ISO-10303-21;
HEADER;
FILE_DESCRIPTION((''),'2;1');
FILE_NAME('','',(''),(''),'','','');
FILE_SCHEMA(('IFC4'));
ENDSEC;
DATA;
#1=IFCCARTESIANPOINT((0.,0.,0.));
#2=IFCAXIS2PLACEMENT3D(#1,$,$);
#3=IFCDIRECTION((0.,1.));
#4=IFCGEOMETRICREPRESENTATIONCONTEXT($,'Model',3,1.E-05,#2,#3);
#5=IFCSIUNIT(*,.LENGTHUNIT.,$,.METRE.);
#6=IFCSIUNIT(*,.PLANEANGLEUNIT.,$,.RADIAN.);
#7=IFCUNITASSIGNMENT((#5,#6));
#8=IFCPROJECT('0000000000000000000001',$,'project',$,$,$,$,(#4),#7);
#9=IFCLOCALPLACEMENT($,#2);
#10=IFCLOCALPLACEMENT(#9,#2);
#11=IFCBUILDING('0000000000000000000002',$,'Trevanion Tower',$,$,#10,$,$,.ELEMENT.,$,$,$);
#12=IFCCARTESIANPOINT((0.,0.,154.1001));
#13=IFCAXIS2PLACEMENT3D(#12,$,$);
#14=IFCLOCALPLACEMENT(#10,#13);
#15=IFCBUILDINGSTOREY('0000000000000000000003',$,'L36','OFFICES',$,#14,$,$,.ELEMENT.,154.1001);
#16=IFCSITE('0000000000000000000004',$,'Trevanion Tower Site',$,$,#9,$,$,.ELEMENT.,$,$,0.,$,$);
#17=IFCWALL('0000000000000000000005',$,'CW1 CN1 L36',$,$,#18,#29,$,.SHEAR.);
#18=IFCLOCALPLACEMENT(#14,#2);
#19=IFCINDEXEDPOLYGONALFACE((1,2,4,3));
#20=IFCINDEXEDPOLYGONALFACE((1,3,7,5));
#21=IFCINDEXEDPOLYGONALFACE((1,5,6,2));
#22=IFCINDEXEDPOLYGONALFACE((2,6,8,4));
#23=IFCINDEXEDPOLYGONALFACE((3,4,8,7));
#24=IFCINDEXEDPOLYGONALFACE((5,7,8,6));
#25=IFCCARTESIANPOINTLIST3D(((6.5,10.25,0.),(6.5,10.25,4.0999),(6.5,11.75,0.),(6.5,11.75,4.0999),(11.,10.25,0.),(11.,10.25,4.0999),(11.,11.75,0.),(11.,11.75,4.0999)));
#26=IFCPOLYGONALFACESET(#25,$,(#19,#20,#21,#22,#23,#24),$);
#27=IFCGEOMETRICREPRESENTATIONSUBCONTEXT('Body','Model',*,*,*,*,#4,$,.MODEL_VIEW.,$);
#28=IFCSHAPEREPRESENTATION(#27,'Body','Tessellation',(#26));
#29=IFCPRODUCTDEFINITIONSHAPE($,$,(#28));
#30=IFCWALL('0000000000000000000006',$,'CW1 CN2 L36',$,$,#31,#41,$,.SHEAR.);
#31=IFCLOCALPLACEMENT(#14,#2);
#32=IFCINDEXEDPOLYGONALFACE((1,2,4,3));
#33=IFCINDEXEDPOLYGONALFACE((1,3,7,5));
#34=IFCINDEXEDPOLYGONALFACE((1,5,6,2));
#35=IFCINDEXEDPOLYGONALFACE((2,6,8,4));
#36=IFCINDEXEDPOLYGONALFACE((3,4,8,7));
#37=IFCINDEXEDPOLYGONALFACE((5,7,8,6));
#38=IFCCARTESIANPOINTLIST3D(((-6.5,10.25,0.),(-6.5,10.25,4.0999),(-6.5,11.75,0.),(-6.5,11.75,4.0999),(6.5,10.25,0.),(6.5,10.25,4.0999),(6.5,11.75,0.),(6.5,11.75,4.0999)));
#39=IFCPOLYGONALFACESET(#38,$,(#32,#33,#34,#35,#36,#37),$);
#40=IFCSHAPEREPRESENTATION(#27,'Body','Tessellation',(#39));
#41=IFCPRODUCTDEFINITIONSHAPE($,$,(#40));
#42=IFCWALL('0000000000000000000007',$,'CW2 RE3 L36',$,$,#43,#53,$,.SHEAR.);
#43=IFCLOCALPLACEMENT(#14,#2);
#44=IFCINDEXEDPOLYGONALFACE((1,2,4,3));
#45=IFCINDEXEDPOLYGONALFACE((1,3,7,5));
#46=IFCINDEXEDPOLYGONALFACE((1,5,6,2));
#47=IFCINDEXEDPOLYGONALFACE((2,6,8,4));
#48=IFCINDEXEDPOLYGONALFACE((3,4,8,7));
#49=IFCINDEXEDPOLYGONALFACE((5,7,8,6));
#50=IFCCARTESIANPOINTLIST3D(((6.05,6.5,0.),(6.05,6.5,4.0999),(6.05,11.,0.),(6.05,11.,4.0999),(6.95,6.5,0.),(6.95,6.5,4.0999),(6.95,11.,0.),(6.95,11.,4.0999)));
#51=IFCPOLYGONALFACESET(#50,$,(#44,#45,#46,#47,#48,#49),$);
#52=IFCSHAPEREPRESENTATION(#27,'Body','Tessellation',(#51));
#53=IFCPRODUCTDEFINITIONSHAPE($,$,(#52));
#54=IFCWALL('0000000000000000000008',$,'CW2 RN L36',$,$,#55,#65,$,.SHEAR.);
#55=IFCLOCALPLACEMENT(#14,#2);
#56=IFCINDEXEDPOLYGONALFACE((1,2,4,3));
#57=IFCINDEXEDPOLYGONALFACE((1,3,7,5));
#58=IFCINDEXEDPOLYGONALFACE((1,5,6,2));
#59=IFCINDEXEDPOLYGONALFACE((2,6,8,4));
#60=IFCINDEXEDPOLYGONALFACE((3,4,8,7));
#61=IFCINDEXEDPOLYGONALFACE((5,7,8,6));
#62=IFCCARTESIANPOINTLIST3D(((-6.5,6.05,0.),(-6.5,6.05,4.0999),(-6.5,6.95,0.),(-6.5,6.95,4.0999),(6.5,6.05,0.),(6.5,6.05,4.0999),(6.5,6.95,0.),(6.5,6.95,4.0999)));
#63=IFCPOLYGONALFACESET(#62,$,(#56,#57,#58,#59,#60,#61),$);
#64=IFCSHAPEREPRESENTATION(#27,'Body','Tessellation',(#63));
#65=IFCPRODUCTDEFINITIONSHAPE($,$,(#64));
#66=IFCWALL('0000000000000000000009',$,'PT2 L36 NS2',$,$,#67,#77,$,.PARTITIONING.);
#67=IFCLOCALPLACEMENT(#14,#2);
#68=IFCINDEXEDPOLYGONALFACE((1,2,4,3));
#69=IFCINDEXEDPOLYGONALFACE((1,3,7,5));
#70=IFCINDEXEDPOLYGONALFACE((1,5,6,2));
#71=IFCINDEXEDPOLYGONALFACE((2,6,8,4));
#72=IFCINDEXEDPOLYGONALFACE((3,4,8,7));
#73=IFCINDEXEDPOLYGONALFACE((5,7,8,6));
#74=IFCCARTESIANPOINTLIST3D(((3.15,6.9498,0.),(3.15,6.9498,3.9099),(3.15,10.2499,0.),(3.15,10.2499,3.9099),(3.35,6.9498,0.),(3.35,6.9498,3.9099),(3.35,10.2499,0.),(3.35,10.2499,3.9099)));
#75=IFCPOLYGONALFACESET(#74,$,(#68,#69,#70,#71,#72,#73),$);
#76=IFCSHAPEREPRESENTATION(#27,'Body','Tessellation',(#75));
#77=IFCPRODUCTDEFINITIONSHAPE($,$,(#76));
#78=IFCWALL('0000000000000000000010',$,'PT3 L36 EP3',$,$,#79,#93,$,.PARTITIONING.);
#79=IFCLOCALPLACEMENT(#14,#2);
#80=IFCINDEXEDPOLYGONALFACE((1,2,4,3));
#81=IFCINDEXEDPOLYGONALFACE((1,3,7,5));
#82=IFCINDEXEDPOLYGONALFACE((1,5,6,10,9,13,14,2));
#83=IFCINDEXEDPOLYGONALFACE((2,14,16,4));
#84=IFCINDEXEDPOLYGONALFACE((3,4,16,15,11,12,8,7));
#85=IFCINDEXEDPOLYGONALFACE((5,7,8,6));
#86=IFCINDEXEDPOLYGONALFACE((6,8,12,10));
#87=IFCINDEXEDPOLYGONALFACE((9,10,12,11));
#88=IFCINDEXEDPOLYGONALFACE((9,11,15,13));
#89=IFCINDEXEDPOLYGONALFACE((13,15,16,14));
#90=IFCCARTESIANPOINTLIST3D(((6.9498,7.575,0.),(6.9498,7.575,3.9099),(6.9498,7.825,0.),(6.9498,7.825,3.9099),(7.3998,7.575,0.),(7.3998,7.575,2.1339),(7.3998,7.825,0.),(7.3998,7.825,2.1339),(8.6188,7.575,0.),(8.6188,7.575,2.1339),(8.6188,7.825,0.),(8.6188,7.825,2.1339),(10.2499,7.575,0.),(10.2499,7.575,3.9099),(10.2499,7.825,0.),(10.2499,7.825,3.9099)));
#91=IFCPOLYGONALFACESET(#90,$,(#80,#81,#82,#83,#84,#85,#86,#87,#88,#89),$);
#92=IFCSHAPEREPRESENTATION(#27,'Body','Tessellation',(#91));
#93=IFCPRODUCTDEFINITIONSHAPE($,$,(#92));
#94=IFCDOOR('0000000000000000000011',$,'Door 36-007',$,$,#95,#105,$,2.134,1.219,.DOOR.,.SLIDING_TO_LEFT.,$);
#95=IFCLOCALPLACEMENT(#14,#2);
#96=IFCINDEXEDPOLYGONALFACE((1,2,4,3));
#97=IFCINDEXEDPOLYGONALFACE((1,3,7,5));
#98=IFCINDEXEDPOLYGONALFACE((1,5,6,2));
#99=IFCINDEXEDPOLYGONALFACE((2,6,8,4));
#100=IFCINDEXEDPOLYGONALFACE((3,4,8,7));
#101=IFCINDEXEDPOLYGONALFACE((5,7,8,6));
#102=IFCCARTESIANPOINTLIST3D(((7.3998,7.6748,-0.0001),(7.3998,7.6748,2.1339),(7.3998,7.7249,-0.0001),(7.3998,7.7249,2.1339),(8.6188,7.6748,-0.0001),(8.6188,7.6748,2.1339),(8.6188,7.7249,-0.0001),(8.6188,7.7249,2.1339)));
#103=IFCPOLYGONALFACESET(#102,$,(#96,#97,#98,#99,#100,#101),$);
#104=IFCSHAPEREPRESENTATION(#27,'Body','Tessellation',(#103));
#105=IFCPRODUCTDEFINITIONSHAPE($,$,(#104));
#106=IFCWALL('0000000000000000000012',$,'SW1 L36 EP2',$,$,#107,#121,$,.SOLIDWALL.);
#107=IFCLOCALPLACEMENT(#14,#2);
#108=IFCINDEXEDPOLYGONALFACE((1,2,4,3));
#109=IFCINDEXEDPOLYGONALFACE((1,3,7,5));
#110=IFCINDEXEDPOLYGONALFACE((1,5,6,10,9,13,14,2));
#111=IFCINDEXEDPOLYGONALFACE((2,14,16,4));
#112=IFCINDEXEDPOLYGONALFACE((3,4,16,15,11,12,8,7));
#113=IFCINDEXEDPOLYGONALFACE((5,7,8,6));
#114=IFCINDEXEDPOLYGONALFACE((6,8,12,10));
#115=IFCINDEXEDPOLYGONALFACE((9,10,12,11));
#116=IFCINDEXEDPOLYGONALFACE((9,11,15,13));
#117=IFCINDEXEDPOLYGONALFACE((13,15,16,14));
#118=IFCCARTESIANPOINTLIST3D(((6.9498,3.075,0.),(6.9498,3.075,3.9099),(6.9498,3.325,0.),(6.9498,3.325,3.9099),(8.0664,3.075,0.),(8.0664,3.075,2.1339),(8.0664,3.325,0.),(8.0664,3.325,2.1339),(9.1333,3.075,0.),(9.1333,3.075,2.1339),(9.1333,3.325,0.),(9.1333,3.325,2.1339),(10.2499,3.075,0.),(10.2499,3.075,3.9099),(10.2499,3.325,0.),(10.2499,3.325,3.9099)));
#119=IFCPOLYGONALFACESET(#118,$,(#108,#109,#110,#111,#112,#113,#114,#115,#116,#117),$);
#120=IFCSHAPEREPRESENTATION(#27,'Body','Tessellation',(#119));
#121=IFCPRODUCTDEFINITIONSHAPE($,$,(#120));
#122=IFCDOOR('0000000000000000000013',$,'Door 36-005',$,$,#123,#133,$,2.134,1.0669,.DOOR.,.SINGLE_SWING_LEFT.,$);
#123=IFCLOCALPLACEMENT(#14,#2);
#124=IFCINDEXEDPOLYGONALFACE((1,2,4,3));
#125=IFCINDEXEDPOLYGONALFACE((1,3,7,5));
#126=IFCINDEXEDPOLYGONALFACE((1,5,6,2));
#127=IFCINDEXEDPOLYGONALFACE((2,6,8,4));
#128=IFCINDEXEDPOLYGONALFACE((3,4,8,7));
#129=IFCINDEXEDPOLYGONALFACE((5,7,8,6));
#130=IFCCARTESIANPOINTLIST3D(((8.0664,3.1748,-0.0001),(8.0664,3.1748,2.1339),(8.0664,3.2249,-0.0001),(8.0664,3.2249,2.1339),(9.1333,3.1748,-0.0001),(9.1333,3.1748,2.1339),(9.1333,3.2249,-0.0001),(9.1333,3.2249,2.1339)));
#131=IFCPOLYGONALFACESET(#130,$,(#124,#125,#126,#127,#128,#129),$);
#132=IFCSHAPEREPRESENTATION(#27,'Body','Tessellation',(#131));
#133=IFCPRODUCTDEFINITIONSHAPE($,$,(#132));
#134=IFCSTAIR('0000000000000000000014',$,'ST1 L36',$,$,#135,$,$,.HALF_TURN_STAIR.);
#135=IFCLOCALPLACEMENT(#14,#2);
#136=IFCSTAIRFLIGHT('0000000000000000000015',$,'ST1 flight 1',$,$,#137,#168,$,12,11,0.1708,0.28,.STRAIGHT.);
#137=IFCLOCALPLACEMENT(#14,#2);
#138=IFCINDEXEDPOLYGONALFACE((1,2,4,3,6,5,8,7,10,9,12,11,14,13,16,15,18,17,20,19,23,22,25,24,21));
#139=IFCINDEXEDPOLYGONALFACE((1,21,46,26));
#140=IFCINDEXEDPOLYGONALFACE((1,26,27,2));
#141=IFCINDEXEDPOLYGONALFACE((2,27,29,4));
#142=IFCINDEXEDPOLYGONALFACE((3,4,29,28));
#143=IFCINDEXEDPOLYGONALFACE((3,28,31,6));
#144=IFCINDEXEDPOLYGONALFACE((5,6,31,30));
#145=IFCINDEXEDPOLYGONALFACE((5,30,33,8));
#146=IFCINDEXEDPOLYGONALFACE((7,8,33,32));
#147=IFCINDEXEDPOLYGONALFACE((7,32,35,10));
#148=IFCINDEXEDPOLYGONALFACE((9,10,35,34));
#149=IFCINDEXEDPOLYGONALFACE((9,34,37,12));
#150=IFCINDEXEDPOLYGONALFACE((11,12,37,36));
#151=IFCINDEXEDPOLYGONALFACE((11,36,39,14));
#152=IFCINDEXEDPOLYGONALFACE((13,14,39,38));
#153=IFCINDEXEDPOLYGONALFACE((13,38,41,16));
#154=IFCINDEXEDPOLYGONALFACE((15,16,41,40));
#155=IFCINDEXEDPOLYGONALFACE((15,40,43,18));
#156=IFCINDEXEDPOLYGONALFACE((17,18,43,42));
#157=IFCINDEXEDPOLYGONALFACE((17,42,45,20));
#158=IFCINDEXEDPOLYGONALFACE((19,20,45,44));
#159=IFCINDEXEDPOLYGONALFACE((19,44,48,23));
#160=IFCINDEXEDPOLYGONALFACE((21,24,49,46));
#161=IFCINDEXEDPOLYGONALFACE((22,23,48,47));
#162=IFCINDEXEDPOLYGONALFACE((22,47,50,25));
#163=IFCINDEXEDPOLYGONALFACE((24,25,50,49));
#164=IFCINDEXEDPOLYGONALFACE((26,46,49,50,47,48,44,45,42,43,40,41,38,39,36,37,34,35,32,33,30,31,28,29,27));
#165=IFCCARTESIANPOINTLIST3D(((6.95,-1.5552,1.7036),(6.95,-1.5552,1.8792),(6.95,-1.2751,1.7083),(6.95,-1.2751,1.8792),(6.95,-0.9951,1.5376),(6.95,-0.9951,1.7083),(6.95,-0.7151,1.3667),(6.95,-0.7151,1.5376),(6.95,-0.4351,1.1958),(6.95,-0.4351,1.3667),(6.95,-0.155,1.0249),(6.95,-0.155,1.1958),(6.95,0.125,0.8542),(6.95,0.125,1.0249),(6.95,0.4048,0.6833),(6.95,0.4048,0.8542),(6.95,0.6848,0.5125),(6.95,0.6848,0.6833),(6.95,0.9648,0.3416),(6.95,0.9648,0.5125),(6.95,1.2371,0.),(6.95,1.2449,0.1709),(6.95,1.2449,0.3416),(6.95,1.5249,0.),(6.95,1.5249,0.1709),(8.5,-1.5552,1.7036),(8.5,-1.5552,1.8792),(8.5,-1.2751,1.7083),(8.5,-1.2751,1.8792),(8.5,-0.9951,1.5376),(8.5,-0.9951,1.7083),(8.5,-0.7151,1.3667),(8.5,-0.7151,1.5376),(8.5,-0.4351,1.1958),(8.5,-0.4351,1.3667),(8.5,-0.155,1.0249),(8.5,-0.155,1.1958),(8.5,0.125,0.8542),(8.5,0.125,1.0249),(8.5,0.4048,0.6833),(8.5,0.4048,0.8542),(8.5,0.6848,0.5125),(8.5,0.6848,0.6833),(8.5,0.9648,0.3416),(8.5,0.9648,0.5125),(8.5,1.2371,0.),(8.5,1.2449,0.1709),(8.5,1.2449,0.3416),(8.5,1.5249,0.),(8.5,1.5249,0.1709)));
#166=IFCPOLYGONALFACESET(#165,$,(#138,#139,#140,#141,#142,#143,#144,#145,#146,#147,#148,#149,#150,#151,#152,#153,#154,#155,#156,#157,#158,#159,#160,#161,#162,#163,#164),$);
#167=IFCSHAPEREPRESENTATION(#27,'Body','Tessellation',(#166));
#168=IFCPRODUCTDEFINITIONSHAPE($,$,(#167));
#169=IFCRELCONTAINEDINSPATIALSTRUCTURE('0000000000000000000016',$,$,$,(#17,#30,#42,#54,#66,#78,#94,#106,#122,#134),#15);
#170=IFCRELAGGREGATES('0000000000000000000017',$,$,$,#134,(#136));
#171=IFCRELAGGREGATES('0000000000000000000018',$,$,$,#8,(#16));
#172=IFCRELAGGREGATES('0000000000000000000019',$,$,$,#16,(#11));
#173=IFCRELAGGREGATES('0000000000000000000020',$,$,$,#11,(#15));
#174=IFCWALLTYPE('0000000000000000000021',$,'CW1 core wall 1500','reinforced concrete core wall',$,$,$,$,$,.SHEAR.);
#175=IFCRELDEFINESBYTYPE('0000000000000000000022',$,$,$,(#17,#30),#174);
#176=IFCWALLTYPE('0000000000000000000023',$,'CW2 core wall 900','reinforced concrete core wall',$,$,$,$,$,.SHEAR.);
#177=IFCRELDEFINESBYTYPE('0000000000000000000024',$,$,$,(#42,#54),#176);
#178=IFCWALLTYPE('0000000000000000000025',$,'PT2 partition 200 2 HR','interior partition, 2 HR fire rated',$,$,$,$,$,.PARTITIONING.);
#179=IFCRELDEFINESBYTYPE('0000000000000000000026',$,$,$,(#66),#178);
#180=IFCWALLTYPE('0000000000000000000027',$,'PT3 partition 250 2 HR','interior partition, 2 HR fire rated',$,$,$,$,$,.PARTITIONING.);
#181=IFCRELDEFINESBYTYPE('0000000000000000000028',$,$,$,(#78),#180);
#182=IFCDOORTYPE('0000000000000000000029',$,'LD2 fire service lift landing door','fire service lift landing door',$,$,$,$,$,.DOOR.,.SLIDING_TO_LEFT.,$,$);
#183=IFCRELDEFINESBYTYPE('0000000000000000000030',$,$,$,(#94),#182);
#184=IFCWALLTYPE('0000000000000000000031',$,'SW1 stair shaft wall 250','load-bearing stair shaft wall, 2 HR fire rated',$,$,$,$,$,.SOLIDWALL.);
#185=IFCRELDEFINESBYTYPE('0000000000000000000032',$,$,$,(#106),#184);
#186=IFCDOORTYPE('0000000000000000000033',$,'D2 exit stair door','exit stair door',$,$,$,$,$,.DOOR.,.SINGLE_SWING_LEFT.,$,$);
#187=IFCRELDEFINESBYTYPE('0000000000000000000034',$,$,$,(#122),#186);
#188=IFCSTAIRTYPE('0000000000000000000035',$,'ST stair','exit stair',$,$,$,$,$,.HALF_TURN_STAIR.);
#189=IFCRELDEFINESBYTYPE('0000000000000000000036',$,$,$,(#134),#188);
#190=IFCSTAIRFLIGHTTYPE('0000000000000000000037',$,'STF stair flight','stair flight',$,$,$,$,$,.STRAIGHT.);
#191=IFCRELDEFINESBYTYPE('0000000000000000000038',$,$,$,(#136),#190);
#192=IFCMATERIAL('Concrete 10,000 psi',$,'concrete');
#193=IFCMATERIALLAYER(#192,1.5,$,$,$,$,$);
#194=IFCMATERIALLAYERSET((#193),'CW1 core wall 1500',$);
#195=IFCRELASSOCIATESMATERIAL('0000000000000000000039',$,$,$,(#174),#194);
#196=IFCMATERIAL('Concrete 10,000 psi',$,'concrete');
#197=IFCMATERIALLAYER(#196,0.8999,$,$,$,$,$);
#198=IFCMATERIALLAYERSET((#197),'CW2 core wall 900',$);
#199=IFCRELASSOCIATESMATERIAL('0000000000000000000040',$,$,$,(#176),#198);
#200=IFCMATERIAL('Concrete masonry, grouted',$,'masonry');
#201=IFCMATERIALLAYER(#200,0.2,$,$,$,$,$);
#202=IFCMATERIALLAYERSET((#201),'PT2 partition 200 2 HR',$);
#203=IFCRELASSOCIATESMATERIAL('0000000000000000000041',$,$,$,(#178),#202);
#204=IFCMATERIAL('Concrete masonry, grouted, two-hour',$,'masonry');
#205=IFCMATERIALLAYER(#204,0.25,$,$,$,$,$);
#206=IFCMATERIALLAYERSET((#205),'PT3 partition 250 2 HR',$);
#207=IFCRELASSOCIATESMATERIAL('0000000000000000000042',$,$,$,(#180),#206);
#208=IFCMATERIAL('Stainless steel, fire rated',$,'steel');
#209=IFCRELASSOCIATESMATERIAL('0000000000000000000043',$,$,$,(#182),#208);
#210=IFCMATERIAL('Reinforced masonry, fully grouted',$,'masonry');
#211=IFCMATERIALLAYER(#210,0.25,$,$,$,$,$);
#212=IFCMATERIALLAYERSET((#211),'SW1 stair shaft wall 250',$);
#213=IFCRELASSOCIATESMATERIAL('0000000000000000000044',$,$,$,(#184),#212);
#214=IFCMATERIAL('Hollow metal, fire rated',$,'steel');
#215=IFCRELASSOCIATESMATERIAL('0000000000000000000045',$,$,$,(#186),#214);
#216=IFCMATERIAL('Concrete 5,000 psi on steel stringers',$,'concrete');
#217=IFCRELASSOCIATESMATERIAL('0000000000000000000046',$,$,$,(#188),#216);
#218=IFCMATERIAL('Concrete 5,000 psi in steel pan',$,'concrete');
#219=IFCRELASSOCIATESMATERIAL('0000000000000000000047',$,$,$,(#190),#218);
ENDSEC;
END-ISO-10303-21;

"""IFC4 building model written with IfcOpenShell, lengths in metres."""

from ifc_helpers import new_model, si_unit, direction, frame, frame_2d, origin, place, context, subcontext, project, spatial, polyline, rectangle, outline, extrude, material, layer, layer_set, type_object, element, fill, aggregate, save


model = new_model("IFC4")

# Units and contexts
model_context = context("Model", 3, precision=1e-05, world=origin(), true_north=direction((0.0, 1.0)))
body_context = subcontext(model_context, "Body", "Model", "MODEL_VIEW")
ifc_project = project(units=[si_unit("LENGTHUNIT", "METRE"), si_unit("PLANEANGLEUNIT", "RADIAN")], contexts=[model_context])

# Site, building, storey
site_placement = place(None, origin())
site = spatial("IfcSite", under=ifc_project, at=site_placement, Name="Trevanion Tower Site", CompositionType="ELEMENT", RefElevation=0.0)
building_placement = place(site_placement, origin())
building = spatial("IfcBuilding", under=site, at=building_placement, Name="Trevanion Tower", CompositionType="ELEMENT")
storey_placement = place(building_placement, frame((0.0, 0.0, 154.1001)))
storey = spatial("IfcBuildingStorey", under=building, at=storey_placement, Name="L36", Description="OFFICES", CompositionType="ELEMENT", Elevation=154.1001)

# Walls
ifc_material_1 = material(Name="Concrete 10,000 psi", Category="concrete")
ifc_layer_1 = layer(ifc_material_1, 1.5)
ifc_layer_set_1 = layer_set([ifc_layer_1], Name="CW1 core wall 1500")
wall_type_1 = type_object("IfcWallType", Name="CW1 core wall 1500", Description="reinforced concrete core wall", PredefinedType="SHEAR", material=ifc_layer_set_1)
wall_1_placement = place(storey_placement, frame((11.0, 11.0, 0.0), z_axis=(0.0, 0.0, 1.0), x_axis=(-1.0, 0.0, 0.0)))
element("IfcWall", 1, at=wall_1_placement, inside=storey, type_object=wall_type_1, Name="CW1 CN1 L36", PredefinedType="SHEAR", context=body_context, shape_type="SweptSolid", body=[
    extrude(rectangle(XDim=4.5, YDim=1.5, at=frame_2d((2.25, 0.0))), origin(), (0.0, 0.0, 1.0), 4.0999),
])
wall_2_placement = place(storey_placement, frame((6.5, 11.0, 0.0), z_axis=(0.0, 0.0, 1.0), x_axis=(-1.0, 0.0, 0.0)))
element("IfcWall", 2, at=wall_2_placement, inside=storey, type_object=wall_type_1, Name="CW1 CN2 L36", PredefinedType="SHEAR", context=body_context, shape_type="SweptSolid", body=[
    extrude(rectangle(XDim=13.0, YDim=1.5, at=frame_2d((6.5, 0.0))), origin(), (0.0, 0.0, 1.0), 4.0999),
])
ifc_material_2 = material(Name="Concrete 10,000 psi", Category="concrete")
ifc_layer_2 = layer(ifc_material_2, 0.8999)
ifc_layer_set_2 = layer_set([ifc_layer_2], Name="CW2 core wall 900")
wall_type_2 = type_object("IfcWallType", Name="CW2 core wall 900", Description="reinforced concrete core wall", PredefinedType="SHEAR", material=ifc_layer_set_2)
wall_3_placement = place(storey_placement, frame((6.5, 6.5, 0.0), z_axis=(0.0, 0.0, 1.0), x_axis=(0.0, 1.0, 0.0)))
element("IfcWall", 3, at=wall_3_placement, inside=storey, type_object=wall_type_2, Name="CW2 RE3 L36", PredefinedType="SHEAR", context=body_context, shape_type="SweptSolid", body=[
    extrude(rectangle(XDim=4.5, YDim=0.8999, at=frame_2d((2.25, 0.0))), origin(), (0.0, 0.0, 1.0), 4.0999),
])
wall_4_placement = place(storey_placement, frame((6.5, 6.5, 0.0), z_axis=(0.0, 0.0, 1.0), x_axis=(-1.0, 0.0, 0.0)))
element("IfcWall", 4, at=wall_4_placement, inside=storey, type_object=wall_type_2, Name="CW2 RN L36", PredefinedType="SHEAR", context=body_context, shape_type="SweptSolid", body=[
    extrude(rectangle(XDim=13.0, YDim=0.8999, at=frame_2d((6.5, 0.0))), origin(), (0.0, 0.0, 1.0), 4.0999),
])
ifc_material_3 = material(Name="Concrete masonry, grouted", Category="masonry")
ifc_layer_3 = layer(ifc_material_3, 0.2)
ifc_layer_set_3 = layer_set([ifc_layer_3], Name="PT2 partition 200 2 HR")
wall_type_3 = type_object("IfcWallType", Name="PT2 partition 200 2 HR", Description="interior partition, 2 HR fire rated", PredefinedType="PARTITIONING", material=ifc_layer_set_3)
wall_5_placement = place(storey_placement, frame((3.25, 6.95, 0.0), z_axis=(0.0, 0.0, 1.0), x_axis=(0.0, 1.0, 0.0)))
element("IfcWall", 5, at=wall_5_placement, inside=storey, type_object=wall_type_3, Name="PT2 L36 NS2", PredefinedType="PARTITIONING", context=body_context, shape_type="SweptSolid", body=[
    extrude(rectangle(XDim=3.3, YDim=0.2, at=frame_2d((1.6499, 0.0))), origin(), (0.0, 0.0, 1.0), 3.9099),
])

# Walls, openings, doors
ifc_material_4 = material(Name="Concrete masonry, grouted, two-hour", Category="masonry")
ifc_layer_4 = layer(ifc_material_4, 0.25)
ifc_layer_set_4 = layer_set([ifc_layer_4], Name="PT3 partition 250 2 HR")
wall_type_4 = type_object("IfcWallType", Name="PT3 partition 250 2 HR", Description="interior partition, 2 HR fire rated", PredefinedType="PARTITIONING", material=ifc_layer_set_4)
wall_6_placement = place(storey_placement, frame((6.95, 7.7, 0.0), z_axis=(0.0, 0.0, 1.0), x_axis=(1.0, 0.0, 0.0)))
wall_6 = element("IfcWall", 6, at=wall_6_placement, inside=storey, type_object=wall_type_4, Name="PT3 L36 EP3", PredefinedType="PARTITIONING", context=body_context, shape_type="SweptSolid", body=[
    extrude(rectangle(XDim=3.3, YDim=0.25, at=frame_2d((1.6499, 0.0))), origin(), (0.0, 0.0, 1.0), 3.9099),
])
opening_1_placement = place(wall_6_placement, frame((0.45, 0.0, 0.0)))
opening_1 = element("IfcOpeningElement", 7, at=opening_1_placement, cuts=wall_6, PredefinedType="OPENING", context=body_context, shape_type="SweptSolid", body=[
    extrude(rectangle(XDim=1.219, YDim=2.134, at=frame_2d((0.6094, 1.0669))), frame((0.0, 0.135, 0.0), z_axis=(0.0, -1.0, 0.0), x_axis=(1.0, 0.0, 0.0)), (0.0, 0.0, 1.0), 0.27),
])
ifc_material_5 = material(Name="Stainless steel, fire rated", Category="steel")
door_type_1 = type_object("IfcDoorType", Name="LD2 fire service lift landing door", Description="fire service lift landing door", OperationType="SLIDING_TO_LEFT", PredefinedType="DOOR", material=ifc_material_5)
door_1_placement = place(opening_1_placement, origin())
door_1 = element("IfcDoor", 8, at=door_1_placement, inside=storey, type_object=door_type_1, Name="Door 36-007", OperationType="SLIDING_TO_LEFT", OverallHeight=2.134, OverallWidth=1.219, PredefinedType="DOOR", context=body_context, shape_type="SweptSolid", body=[
    extrude(rectangle(XDim=1.219, YDim=2.134, at=frame_2d((0.6094, 1.0669))), frame((0.0, 0.0249, 0.0), z_axis=(0.0, -1.0, 0.0), x_axis=(1.0, 0.0, 0.0)), (0.0, 0.0, 1.0), 0.05),
])
fill(opening_1, door_1)
ifc_material_6 = material(Name="Reinforced masonry, fully grouted", Category="masonry")
ifc_layer_5 = layer(ifc_material_6, 0.25)
ifc_layer_set_5 = layer_set([ifc_layer_5], Name="SW1 stair shaft wall 250")
wall_type_5 = type_object("IfcWallType", Name="SW1 stair shaft wall 250", Description="load-bearing stair shaft wall, 2 HR fire rated", PredefinedType="SOLIDWALL", material=ifc_layer_set_5)
wall_7_placement = place(storey_placement, frame((6.95, 3.2, 0.0), z_axis=(0.0, 0.0, 1.0), x_axis=(1.0, 0.0, 0.0)))
wall_7 = element("IfcWall", 9, at=wall_7_placement, inside=storey, type_object=wall_type_5, Name="SW1 L36 EP2", PredefinedType="SOLIDWALL", context=body_context, shape_type="SweptSolid", body=[
    extrude(rectangle(XDim=3.3, YDim=0.25, at=frame_2d((1.6499, 0.0))), origin(), (0.0, 0.0, 1.0), 3.9099),
])
opening_2_placement = place(wall_7_placement, frame((1.1165, 0.0, 0.0)))
opening_2 = element("IfcOpeningElement", 10, at=opening_2_placement, cuts=wall_7, PredefinedType="OPENING", context=body_context, shape_type="SweptSolid", body=[
    extrude(rectangle(XDim=1.0669, YDim=2.134, at=frame_2d((0.5334, 1.0669))), frame((0.0, 0.135, 0.0), z_axis=(0.0, -1.0, 0.0), x_axis=(1.0, 0.0, 0.0)), (0.0, 0.0, 1.0), 0.27),
])
ifc_material_7 = material(Name="Hollow metal, fire rated", Category="steel")
door_type_2 = type_object("IfcDoorType", Name="D2 exit stair door", Description="exit stair door", OperationType="SINGLE_SWING_LEFT", PredefinedType="DOOR", material=ifc_material_7)
door_2_placement = place(opening_2_placement, origin())
door_2 = element("IfcDoor", 11, at=door_2_placement, inside=storey, type_object=door_type_2, Name="Door 36-005", OperationType="SINGLE_SWING_LEFT", OverallHeight=2.134, OverallWidth=1.0669, PredefinedType="DOOR", context=body_context, shape_type="SweptSolid", body=[
    extrude(rectangle(XDim=1.0669, YDim=2.134, at=frame_2d((0.5334, 1.0669))), frame((0.0, 0.0249, 0.0), z_axis=(0.0, -1.0, 0.0), x_axis=(1.0, 0.0, 0.0)), (0.0, 0.0, 1.0), 0.05),
])
fill(opening_2, door_2)

# Stair, stair flight
ifc_material_8 = material(Name="Concrete 5,000 psi on steel stringers", Category="concrete")
stair_type = type_object("IfcStairType", Name="ST stair", Description="exit stair", PredefinedType="HALF_TURN_STAIR", material=ifc_material_8)
stair_placement = place(storey_placement, origin())
stair = element("IfcStair", 12, at=stair_placement, inside=storey, type_object=stair_type, Name="ST1 L36", PredefinedType="HALF_TURN_STAIR")
ifc_material_9 = material(Name="Concrete 5,000 psi in steel pan", Category="concrete")
stair_flight_type = type_object("IfcStairFlightType", Name="STF stair flight", Description="stair flight", PredefinedType="STRAIGHT", material=ifc_material_9)
stair_flight_placement = place(storey_placement, frame((7.7251, 1.5249, 0.0), z_axis=(0.0, 0.0, 1.0), x_axis=(0.0, -1.0, 0.0)))
stair_flight = element("IfcStairFlight", 13, at=stair_flight_placement, type_object=stair_flight_type, Name="ST1 flight 1", NumberOfRisers=12, NumberOfTreads=11, PredefinedType="STRAIGHT", RiserHeight=0.1708, TreadLength=0.28, context=body_context, shape_type="SweptSolid", body=[
    extrude(outline(polyline([(0.0, 0.0), (0.0, 0.1709), (0.28, 0.1709), (0.28, 0.3416), (0.5601, 0.3416), (0.5601, 0.5125), (0.8401, 0.5125), (0.8401, 0.6833), (1.1201, 0.6833), (1.1201, 0.8542), (1.3999, 0.8542), (1.3999, 1.0249), (1.6799, 1.0249), (1.6799, 1.1958), (1.96, 1.1958), (1.96, 1.3667), (2.24, 1.3667), (2.24, 1.5376), (2.52, 1.5376), (2.52, 1.7083), (2.8, 1.7083), (2.8, 1.8792), (3.0801, 1.8792), (3.0801, 2.05), (3.0801, 1.7036), (0.2878, 0.0), (0.0, 0.0)])), frame((0.0, 0.7749, 0.0), z_axis=(0.0, -1.0, 0.0), x_axis=(1.0, 0.0, 0.0)), (0.0, 0.0, 1.0), 1.55),
])
aggregate(stair, [stair_flight])

save(model, "model.ifc")
